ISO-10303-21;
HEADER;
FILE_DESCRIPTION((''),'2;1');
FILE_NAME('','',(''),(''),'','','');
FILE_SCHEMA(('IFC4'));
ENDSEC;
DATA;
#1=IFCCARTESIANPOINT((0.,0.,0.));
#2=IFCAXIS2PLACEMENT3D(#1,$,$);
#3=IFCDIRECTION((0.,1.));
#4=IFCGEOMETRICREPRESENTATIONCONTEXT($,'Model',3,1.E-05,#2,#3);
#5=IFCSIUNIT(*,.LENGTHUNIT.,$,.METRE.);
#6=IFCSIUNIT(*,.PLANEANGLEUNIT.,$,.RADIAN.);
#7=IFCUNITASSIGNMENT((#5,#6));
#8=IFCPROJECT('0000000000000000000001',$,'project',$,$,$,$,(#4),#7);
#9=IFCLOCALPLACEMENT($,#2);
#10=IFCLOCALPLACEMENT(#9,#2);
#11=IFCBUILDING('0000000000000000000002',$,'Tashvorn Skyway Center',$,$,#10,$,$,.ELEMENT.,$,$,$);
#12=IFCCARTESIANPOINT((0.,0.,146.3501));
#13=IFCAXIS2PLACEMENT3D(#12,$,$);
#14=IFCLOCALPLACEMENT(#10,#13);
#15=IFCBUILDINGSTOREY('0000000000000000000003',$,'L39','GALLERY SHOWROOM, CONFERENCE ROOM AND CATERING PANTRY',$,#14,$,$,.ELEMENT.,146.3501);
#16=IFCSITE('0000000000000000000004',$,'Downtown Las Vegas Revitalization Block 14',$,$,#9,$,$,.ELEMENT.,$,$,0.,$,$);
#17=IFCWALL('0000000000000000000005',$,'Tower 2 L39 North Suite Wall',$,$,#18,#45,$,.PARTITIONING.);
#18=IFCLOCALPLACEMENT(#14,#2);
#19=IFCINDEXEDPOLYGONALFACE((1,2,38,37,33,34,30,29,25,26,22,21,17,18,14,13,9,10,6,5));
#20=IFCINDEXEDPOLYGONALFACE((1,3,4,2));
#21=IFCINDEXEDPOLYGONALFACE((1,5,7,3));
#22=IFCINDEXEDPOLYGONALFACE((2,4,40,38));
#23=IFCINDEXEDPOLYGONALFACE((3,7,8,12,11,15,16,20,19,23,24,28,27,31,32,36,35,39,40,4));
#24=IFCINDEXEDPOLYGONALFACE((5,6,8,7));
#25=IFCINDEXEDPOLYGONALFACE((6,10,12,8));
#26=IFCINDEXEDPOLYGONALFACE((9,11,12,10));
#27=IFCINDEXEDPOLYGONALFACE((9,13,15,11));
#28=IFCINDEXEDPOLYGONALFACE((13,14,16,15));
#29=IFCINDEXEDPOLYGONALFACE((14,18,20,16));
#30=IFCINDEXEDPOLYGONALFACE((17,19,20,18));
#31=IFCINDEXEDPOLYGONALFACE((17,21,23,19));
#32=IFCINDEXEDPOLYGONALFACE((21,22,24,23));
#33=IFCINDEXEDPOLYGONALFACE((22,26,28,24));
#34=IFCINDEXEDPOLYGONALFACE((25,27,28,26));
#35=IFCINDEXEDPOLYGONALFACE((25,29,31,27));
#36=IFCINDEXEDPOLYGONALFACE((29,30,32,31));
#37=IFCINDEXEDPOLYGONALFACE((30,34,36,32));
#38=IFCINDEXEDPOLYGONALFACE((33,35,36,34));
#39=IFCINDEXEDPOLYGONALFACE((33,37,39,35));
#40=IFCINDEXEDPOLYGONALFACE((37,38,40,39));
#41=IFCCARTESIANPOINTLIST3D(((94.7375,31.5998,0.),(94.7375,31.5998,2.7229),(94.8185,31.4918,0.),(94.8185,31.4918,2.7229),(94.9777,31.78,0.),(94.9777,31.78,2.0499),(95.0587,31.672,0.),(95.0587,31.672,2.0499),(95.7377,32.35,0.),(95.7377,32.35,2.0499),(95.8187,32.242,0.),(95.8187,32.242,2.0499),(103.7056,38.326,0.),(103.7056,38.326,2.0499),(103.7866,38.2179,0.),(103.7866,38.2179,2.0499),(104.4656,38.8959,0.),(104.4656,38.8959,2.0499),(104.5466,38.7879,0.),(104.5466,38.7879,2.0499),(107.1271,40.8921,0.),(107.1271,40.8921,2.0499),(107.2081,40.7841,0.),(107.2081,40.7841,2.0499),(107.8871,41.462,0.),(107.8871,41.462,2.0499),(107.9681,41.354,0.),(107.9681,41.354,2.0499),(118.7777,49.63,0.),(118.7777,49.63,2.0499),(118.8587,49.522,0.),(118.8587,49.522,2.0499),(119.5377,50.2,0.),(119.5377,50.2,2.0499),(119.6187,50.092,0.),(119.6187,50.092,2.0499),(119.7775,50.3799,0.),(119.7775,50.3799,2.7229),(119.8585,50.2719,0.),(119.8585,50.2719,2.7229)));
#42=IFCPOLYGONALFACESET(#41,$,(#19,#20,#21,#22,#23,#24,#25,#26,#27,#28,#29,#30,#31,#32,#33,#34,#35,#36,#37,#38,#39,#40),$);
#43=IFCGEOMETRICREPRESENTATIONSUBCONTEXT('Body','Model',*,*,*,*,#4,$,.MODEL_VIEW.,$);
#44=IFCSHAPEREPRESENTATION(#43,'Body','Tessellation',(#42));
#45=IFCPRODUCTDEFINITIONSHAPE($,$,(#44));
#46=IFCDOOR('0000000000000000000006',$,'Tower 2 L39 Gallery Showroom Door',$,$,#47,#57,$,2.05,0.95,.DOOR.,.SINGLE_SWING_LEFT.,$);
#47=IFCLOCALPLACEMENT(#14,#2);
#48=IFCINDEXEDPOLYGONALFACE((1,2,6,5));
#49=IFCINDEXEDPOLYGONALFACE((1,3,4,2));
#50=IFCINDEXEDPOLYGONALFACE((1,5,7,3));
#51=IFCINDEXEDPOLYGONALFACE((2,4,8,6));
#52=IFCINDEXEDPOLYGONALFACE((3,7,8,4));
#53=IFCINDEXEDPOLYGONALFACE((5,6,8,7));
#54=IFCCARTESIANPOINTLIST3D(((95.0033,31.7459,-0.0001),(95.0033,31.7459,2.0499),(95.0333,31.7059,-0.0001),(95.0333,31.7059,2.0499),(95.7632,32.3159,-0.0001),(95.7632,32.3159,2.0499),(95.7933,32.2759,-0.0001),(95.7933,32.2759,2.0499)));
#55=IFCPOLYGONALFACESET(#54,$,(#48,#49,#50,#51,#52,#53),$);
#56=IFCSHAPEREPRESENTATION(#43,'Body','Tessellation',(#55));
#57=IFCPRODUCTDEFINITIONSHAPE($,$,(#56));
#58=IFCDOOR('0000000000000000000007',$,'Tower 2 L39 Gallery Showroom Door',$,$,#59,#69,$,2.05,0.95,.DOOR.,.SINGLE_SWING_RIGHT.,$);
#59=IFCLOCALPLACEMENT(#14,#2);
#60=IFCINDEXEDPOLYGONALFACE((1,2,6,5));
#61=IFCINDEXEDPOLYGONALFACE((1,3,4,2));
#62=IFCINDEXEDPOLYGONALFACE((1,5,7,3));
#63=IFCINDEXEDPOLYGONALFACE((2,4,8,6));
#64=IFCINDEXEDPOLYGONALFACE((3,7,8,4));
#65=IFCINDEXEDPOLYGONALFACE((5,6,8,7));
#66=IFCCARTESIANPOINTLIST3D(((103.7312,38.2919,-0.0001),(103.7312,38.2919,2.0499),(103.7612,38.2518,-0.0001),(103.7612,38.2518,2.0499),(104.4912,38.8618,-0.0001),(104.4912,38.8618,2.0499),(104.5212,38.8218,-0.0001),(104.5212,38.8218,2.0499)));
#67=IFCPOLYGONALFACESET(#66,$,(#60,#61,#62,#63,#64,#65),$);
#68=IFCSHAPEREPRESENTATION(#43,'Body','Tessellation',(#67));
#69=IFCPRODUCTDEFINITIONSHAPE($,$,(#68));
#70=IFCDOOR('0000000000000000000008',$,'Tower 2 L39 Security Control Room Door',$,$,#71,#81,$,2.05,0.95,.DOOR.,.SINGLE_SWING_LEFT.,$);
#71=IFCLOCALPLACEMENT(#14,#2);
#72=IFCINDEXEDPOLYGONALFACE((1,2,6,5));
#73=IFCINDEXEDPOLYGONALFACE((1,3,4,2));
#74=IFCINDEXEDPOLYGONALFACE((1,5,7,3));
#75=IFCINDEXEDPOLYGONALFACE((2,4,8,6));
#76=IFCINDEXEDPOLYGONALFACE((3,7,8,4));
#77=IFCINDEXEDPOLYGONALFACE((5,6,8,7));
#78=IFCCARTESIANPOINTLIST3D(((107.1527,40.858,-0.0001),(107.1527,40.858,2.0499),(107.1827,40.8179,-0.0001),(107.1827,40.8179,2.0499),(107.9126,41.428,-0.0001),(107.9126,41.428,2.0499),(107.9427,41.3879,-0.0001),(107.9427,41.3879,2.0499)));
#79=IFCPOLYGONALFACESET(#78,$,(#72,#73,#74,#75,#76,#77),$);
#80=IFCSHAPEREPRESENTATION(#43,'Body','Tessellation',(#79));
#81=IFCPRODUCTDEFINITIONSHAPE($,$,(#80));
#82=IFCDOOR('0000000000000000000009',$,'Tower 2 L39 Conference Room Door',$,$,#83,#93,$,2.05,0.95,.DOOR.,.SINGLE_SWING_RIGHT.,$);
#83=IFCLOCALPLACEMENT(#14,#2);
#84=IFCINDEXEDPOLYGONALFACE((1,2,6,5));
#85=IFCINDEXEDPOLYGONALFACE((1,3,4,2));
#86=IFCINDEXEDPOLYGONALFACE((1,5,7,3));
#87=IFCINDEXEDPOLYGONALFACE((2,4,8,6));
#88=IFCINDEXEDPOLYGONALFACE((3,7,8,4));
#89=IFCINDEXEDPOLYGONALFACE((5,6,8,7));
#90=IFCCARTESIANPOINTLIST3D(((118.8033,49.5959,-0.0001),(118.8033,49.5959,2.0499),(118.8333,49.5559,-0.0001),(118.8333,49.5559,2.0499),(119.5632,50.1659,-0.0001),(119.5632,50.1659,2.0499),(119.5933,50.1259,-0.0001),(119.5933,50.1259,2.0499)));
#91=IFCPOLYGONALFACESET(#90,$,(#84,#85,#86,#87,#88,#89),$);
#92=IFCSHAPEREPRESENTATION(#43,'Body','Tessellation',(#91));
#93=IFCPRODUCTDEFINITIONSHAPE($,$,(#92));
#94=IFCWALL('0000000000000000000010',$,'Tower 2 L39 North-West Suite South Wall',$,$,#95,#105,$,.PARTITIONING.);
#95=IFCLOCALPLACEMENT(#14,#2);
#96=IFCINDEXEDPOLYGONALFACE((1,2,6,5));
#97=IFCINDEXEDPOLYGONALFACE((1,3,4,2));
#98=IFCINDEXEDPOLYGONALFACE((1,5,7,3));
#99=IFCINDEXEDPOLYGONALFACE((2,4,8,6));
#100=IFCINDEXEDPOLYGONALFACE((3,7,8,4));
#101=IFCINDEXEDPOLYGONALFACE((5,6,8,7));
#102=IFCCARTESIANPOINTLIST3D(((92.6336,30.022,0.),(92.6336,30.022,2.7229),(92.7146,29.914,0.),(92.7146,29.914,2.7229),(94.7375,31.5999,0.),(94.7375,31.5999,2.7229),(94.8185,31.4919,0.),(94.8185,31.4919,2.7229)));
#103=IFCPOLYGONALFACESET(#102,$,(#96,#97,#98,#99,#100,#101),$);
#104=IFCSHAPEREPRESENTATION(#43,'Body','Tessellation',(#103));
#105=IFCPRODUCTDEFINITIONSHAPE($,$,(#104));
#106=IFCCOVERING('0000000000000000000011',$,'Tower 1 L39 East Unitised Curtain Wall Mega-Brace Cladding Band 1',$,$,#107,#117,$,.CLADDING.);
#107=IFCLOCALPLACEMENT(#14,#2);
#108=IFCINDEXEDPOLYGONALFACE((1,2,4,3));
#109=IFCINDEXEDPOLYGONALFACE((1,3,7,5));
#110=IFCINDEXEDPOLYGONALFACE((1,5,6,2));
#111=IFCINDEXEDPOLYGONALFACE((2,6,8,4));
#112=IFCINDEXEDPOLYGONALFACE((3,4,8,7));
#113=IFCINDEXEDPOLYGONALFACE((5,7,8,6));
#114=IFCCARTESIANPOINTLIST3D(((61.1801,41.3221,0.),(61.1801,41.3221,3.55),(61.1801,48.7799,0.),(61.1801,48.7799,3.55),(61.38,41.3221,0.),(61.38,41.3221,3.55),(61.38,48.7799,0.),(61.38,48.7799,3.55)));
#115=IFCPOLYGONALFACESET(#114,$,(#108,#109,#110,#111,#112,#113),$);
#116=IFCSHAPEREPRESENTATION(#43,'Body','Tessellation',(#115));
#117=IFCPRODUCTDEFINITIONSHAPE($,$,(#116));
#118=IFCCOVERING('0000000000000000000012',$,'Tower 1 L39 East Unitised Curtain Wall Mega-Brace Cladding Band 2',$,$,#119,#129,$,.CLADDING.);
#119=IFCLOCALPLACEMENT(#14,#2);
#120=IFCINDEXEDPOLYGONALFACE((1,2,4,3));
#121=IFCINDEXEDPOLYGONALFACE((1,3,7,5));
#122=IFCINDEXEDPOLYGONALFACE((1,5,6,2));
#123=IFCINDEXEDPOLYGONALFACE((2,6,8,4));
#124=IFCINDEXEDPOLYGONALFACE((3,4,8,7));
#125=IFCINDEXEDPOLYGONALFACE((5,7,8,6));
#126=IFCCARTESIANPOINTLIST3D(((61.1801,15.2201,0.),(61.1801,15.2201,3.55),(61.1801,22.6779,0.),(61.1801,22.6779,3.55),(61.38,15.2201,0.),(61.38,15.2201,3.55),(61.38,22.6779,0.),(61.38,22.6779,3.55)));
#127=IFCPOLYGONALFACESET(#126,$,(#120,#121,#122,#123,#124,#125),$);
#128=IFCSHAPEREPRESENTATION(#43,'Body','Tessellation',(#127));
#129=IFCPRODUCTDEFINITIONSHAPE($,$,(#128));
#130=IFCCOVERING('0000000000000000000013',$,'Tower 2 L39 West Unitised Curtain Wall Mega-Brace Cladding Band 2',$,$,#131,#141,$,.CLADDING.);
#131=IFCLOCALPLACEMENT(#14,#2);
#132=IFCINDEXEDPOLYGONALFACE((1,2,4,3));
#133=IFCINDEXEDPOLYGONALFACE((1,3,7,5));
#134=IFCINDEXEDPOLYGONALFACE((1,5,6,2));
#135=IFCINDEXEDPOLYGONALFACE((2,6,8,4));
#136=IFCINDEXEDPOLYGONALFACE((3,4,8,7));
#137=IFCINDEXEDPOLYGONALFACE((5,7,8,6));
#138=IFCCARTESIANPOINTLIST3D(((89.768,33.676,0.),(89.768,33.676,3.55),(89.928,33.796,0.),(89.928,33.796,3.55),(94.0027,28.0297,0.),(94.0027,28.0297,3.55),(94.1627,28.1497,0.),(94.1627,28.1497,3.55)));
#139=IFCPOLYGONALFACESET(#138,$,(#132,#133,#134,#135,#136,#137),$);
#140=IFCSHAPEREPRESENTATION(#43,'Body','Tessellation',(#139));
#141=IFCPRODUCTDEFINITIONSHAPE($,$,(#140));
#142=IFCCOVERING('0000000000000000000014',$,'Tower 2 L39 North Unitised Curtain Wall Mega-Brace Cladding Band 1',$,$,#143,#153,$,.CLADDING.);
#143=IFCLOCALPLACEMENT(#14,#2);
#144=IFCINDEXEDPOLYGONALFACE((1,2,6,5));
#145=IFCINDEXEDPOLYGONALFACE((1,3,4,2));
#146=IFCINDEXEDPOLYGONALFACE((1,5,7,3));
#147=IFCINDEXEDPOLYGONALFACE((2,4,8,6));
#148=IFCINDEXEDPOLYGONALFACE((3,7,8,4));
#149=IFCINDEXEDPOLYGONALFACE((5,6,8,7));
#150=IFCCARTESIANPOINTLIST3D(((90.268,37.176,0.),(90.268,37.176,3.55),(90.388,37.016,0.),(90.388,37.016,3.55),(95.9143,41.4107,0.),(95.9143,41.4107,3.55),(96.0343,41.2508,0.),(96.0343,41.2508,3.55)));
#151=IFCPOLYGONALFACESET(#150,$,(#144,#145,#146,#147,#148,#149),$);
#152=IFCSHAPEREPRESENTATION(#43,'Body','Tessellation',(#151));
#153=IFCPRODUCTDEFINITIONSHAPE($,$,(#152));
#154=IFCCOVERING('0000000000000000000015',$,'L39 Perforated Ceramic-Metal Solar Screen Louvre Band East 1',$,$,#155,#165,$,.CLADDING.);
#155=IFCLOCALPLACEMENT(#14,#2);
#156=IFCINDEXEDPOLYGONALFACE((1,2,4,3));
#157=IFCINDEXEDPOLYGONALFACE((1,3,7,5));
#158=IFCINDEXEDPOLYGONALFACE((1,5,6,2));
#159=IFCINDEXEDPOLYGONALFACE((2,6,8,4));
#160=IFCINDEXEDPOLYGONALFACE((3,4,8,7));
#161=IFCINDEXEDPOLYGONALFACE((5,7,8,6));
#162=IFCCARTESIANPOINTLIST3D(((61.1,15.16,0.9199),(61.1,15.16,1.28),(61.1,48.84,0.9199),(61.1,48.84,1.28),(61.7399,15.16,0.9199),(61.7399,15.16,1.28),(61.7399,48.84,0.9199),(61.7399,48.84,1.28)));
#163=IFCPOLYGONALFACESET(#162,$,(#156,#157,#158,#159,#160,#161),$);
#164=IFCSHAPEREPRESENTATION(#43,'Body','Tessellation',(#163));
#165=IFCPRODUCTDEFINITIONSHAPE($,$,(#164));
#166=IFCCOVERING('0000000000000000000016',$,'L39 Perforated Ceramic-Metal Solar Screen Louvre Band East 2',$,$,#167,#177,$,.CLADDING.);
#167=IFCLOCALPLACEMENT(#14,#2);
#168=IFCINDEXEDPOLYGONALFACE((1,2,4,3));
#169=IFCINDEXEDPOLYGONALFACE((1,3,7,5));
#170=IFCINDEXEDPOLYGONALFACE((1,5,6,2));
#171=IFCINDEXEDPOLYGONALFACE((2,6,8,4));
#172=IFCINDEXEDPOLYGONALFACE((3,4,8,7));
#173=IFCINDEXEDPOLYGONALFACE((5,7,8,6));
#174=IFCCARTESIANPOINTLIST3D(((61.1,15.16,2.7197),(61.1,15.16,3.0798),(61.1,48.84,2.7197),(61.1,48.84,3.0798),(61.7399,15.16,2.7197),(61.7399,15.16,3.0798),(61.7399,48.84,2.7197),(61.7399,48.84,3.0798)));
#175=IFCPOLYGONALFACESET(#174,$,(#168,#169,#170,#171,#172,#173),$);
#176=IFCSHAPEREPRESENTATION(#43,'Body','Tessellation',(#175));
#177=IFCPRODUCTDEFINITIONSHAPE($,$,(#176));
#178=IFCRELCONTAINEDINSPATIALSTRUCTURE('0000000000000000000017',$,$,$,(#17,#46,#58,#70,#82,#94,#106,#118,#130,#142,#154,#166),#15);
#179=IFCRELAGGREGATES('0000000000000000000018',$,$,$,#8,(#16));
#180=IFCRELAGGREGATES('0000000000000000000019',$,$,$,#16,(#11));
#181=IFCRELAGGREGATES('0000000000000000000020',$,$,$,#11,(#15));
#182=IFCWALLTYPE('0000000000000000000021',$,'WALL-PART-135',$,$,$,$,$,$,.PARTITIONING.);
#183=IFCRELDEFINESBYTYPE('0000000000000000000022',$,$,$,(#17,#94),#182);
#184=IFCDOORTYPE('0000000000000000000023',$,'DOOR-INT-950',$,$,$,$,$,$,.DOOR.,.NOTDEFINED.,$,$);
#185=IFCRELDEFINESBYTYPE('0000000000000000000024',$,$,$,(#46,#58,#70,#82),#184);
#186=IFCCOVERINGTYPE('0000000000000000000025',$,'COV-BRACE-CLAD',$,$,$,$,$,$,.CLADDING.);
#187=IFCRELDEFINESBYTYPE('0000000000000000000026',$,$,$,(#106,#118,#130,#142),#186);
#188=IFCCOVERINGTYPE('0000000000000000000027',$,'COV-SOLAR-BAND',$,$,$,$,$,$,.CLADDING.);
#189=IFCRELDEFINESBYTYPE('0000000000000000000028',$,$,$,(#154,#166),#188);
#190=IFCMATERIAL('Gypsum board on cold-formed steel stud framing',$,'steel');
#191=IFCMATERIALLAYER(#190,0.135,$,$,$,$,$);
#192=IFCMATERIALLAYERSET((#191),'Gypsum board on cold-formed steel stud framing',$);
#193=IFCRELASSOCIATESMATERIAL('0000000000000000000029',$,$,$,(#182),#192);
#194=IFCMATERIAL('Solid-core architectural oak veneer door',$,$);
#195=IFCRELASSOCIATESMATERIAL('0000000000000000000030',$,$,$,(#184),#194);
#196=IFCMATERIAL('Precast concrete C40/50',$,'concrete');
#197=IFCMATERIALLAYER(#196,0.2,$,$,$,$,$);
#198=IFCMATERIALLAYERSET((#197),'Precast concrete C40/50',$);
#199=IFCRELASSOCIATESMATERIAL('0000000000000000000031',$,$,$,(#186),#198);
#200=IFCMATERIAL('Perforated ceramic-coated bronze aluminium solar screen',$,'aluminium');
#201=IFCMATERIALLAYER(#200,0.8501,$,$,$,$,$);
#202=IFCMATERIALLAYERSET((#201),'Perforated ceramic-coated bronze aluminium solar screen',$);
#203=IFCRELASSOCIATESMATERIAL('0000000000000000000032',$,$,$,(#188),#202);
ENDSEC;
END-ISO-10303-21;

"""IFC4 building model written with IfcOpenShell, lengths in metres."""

from ifc_helpers import new_model, si_unit, direction, frame, frame_2d, origin, origin_2d, place, context, subcontext, project, spatial, rectangle, extrude, material, layer, layer_set, type_object, element, fill, save


model = new_model("IFC4")

# Units and contexts
model_context = context("Model", 3, precision=1e-05, world=origin(), true_north=direction((0.0, 1.0)))
body_context = subcontext(model_context, "Body", "Model", "MODEL_VIEW")
ifc_project = project(units=[si_unit("LENGTHUNIT", "METRE"), si_unit("PLANEANGLEUNIT", "RADIAN")], contexts=[model_context])

# Site, building, storey
site_placement = place(None, origin())
site = spatial("IfcSite", under=ifc_project, at=site_placement, Name="Downtown Las Vegas Revitalization Block 14", CompositionType="ELEMENT", RefElevation=0.0)
building_placement = place(site_placement, origin())
building = spatial("IfcBuilding", under=site, at=building_placement, Name="Tashvorn Skyway Center", CompositionType="ELEMENT")
storey_placement = place(building_placement, frame((0.0, 0.0, 146.3501)))
storey = spatial("IfcBuildingStorey", under=building, at=storey_placement, Name="L39", Description="GALLERY SHOWROOM, CONFERENCE ROOM AND CATERING PANTRY", CompositionType="ELEMENT", Elevation=146.3501)

# Shared definitions
ifc_material_1 = material(Name="Precast concrete C40/50", Category="concrete")

# Shared definitions
ifc_material_2 = material(Name="Gypsum board on cold-formed steel stud framing", Category="steel")
ifc_layer_1 = layer(ifc_material_2, 0.135)
ifc_layer_set_1 = layer_set([ifc_layer_1], Name="Gypsum board on cold-formed steel stud framing")
wall_type_1 = type_object("IfcWallType", Name="WALL-PART-135", PredefinedType="PARTITIONING", material=ifc_layer_set_1)
ifc_material_3 = material(Name="Solid-core architectural oak veneer door")
door_type = type_object("IfcDoorType", Name="DOOR-INT-950", OperationType="NOTDEFINED", PredefinedType="DOOR", material=ifc_material_3)

# Wall, openings, doors
wall_1_placement = place(storey_placement, frame((94.7781, 31.5459, 0.0), z_axis=(0.0, 0.0, 1.0), x_axis=(0.8, 0.6, 0.0)))
wall_1 = element("IfcWall", 1, at=wall_1_placement, inside=storey, type_object=wall_type_1, Name="Tower 2 L39 North Suite Wall", PredefinedType="PARTITIONING", context=body_context, shape_type="SweptSolid", body=[
    extrude(rectangle(XDim=31.3, YDim=0.135, at=frame_2d((15.6499, 0.0))), origin(), (0.0, 0.0, 1.0), 2.7229),
])
opening_1_placement = place(wall_1_placement, frame((0.3, 0.0, 0.0)))
opening_1 = element("IfcOpeningElement", 2, at=opening_1_placement, cuts=wall_1, PredefinedType="OPENING", context=body_context, shape_type="SweptSolid", body=[
    extrude(rectangle(XDim=0.95, YDim=2.05, at=frame_2d((0.4751, 1.0249))), frame((0.0, 0.0774, 0.0), z_axis=(0.0, -1.0, 0.0), x_axis=(1.0, 0.0, 0.0)), (0.0, 0.0, 1.0), 0.155),
])
opening_2_placement = place(wall_1_placement, frame((11.21, 0.0, 0.0)))
opening_2 = element("IfcOpeningElement", 3, at=opening_2_placement, cuts=wall_1, PredefinedType="OPENING", context=body_context, shape_type="SweptSolid", body=[
    extrude(rectangle(XDim=0.95, YDim=2.05, at=frame_2d((0.4751, 1.0249))), frame((0.0, 0.0774, 0.0), z_axis=(0.0, -1.0, 0.0), x_axis=(1.0, 0.0, 0.0)), (0.0, 0.0, 1.0), 0.155),
])
opening_3_placement = place(wall_1_placement, frame((15.4868, 0.0, 0.0)))
opening_3 = element("IfcOpeningElement", 4, at=opening_3_placement, cuts=wall_1, PredefinedType="OPENING", context=body_context, shape_type="SweptSolid", body=[
    extrude(rectangle(XDim=0.95, YDim=2.05, at=frame_2d((0.4751, 1.0249))), frame((0.0, 0.0774, 0.0), z_axis=(0.0, -1.0, 0.0), x_axis=(1.0, 0.0, 0.0)), (0.0, 0.0, 1.0), 0.155),
])
opening_4_placement = place(wall_1_placement, frame((30.05, 0.0, 0.0)))
opening_4 = element("IfcOpeningElement", 5, at=opening_4_placement, cuts=wall_1, PredefinedType="OPENING", context=body_context, shape_type="SweptSolid", body=[
    extrude(rectangle(XDim=0.95, YDim=2.05, at=frame_2d((0.4751, 1.0249))), frame((0.0, 0.0774, 0.0), z_axis=(0.0, -1.0, 0.0), x_axis=(1.0, 0.0, 0.0)), (0.0, 0.0, 1.0), 0.155),
])
door_1_placement = place(opening_1_placement, origin())
door_1 = element("IfcDoor", 6, at=door_1_placement, inside=storey, type_object=door_type, Name="Tower 2 L39 Gallery Showroom Door", OperationType="SINGLE_SWING_LEFT", OverallHeight=2.05, OverallWidth=0.95, PredefinedType="DOOR", context=body_context, shape_type="SweptSolid", body=[
    extrude(rectangle(XDim=0.95, YDim=2.05, at=frame_2d((0.4751, 1.0249))), frame((0.0, 0.0249, 0.0), z_axis=(0.0, -1.0, 0.0), x_axis=(1.0, 0.0, 0.0)), (0.0, 0.0, 1.0), 0.05),
])
fill(opening_1, door_1)
door_2_placement = place(opening_2_placement, origin())
door_2 = element("IfcDoor", 7, at=door_2_placement, inside=storey, type_object=door_type, Name="Tower 2 L39 Gallery Showroom Door", OperationType="SINGLE_SWING_RIGHT", OverallHeight=2.05, OverallWidth=0.95, PredefinedType="DOOR", context=body_context, shape_type="SweptSolid", body=[
    extrude(rectangle(XDim=0.95, YDim=2.05, at=frame_2d((0.4751, 1.0249))), frame((0.0, 0.0249, 0.0), z_axis=(0.0, -1.0, 0.0), x_axis=(1.0, 0.0, 0.0)), (0.0, 0.0, 1.0), 0.05),
])
fill(opening_2, door_2)
door_3_placement = place(opening_3_placement, origin())
door_3 = element("IfcDoor", 8, at=door_3_placement, inside=storey, type_object=door_type, Name="Tower 2 L39 Security Control Room Door", OperationType="SINGLE_SWING_LEFT", OverallHeight=2.05, OverallWidth=0.95, PredefinedType="DOOR", context=body_context, shape_type="SweptSolid", body=[
    extrude(rectangle(XDim=0.95, YDim=2.05, at=frame_2d((0.4751, 1.0249))), frame((0.0, 0.0249, 0.0), z_axis=(0.0, -1.0, 0.0), x_axis=(1.0, 0.0, 0.0)), (0.0, 0.0, 1.0), 0.05),
])
fill(opening_3, door_3)
door_4_placement = place(opening_4_placement, origin())
door_4 = element("IfcDoor", 9, at=door_4_placement, inside=storey, type_object=door_type, Name="Tower 2 L39 Conference Room Door", OperationType="SINGLE_SWING_RIGHT", OverallHeight=2.05, OverallWidth=0.95, PredefinedType="DOOR", context=body_context, shape_type="SweptSolid", body=[
    extrude(rectangle(XDim=0.95, YDim=2.05, at=frame_2d((0.4751, 1.0249))), frame((0.0, 0.0249, 0.0), z_axis=(0.0, -1.0, 0.0), x_axis=(1.0, 0.0, 0.0)), (0.0, 0.0, 1.0), 0.05),
])
fill(opening_4, door_4)

# Wall
wall_2_placement = place(storey_placement, frame((92.6741, 29.968, 0.0), z_axis=(0.0, 0.0, 1.0), x_axis=(0.800022, 0.59997, 0.0)))
element("IfcWall", 10, at=wall_2_placement, inside=storey, type_object=wall_type_1, Name="Tower 2 L39 North-West Suite South Wall", PredefinedType="PARTITIONING", context=body_context, shape_type="SweptSolid", body=[
    extrude(rectangle(XDim=2.6299, YDim=0.135, at=frame_2d((1.3149, 0.0))), origin(), (0.0, 0.0, 1.0), 2.7229),
])

# Coverings
ifc_layer_2 = layer(ifc_material_1, 0.2)
ifc_layer_set_2 = layer_set([ifc_layer_2], Name="Precast concrete C40/50")
covering_type_1 = type_object("IfcCoveringType", Name="COV-BRACE-CLAD", PredefinedType="CLADDING", material=ifc_layer_set_2)
for number, where, z_axis, x_axis, name in (
    (11, (61.28, 45.051, 0.0), (0.0, 0.0, 1.0), (0.0, -1.0, 0.0), "Tower 1 L39 East Unitised Curtain Wall Mega-Brace Cladding Band 1"),
    (12, (61.28, 18.949, 0.0), (0.0, 0.0, 1.0), (0.0, -1.0, 0.0), "Tower 1 L39 East Unitised Curtain Wall Mega-Brace Cladding Band 2"),
):
    element("IfcCovering", number, at=place(storey_placement, frame(where, z_axis=z_axis, x_axis=x_axis)), inside=storey, type_object=covering_type_1, Name=name, PredefinedType="CLADDING", context=body_context, shape_type="SweptSolid", body=[
        extrude(rectangle(XDim=7.4578, YDim=0.2, at=origin_2d()), origin(), (0.0, 0.0, 1.0), 3.55),
    ])
for number, where, z_axis, x_axis, name in (
    (13, (91.9653, 30.9128, 0.0), (0.0, 0.0, 1.0), (-0.6, 0.8, 0.0), "Tower 2 L39 West Unitised Curtain Wall Mega-Brace Cladding Band 2"),
    (14, (93.1511, 39.2134, 0.0), (0.0, 0.0, 1.0), (0.8, 0.6, 0.0), "Tower 2 L39 North Unitised Curtain Wall Mega-Brace Cladding Band 1"),
):
    element("IfcCovering", number, at=place(storey_placement, frame(where, z_axis=z_axis, x_axis=x_axis)), inside=storey, type_object=covering_type_1, Name=name, PredefinedType="CLADDING", context=body_context, shape_type="SweptSolid", body=[
        extrude(rectangle(XDim=7.0579, YDim=0.2, at=origin_2d()), origin(), (0.0, 0.0, 1.0), 3.55),
    ])
ifc_material_4 = material(Name="Perforated ceramic-coated bronze aluminium solar screen", Category="aluminium")
ifc_layer_3 = layer(ifc_material_4, 0.8501)
ifc_layer_set_3 = layer_set([ifc_layer_3], Name="Perforated ceramic-coated bronze aluminium solar screen")
covering_type_2 = type_object("IfcCoveringType", Name="COV-SOLAR-BAND", PredefinedType="CLADDING", material=ifc_layer_set_3)
for number, where, z_axis, x_axis, name in (
    (15, (61.4199, 32.0, 0.9199), (0.0, 0.0, 1.0), (0.0, -1.0, 0.0), "L39 Perforated Ceramic-Metal Solar Screen Louvre Band East 1"),
    (16, (61.4199, 32.0, 2.7197), (0.0, 0.0, 1.0), (0.0, -1.0, 0.0), "L39 Perforated Ceramic-Metal Solar Screen Louvre Band East 2"),
):
    element("IfcCovering", number, at=place(storey_placement, frame(where, z_axis=z_axis, x_axis=x_axis)), inside=storey, type_object=covering_type_2, Name=name, PredefinedType="CLADDING", context=body_context, shape_type="SweptSolid", body=[
        extrude(rectangle(XDim=33.6799, YDim=0.6399, at=origin_2d()), origin(), (0.0, 0.0, 1.0), 0.3601),
    ])

save(model, "model.ifc")
